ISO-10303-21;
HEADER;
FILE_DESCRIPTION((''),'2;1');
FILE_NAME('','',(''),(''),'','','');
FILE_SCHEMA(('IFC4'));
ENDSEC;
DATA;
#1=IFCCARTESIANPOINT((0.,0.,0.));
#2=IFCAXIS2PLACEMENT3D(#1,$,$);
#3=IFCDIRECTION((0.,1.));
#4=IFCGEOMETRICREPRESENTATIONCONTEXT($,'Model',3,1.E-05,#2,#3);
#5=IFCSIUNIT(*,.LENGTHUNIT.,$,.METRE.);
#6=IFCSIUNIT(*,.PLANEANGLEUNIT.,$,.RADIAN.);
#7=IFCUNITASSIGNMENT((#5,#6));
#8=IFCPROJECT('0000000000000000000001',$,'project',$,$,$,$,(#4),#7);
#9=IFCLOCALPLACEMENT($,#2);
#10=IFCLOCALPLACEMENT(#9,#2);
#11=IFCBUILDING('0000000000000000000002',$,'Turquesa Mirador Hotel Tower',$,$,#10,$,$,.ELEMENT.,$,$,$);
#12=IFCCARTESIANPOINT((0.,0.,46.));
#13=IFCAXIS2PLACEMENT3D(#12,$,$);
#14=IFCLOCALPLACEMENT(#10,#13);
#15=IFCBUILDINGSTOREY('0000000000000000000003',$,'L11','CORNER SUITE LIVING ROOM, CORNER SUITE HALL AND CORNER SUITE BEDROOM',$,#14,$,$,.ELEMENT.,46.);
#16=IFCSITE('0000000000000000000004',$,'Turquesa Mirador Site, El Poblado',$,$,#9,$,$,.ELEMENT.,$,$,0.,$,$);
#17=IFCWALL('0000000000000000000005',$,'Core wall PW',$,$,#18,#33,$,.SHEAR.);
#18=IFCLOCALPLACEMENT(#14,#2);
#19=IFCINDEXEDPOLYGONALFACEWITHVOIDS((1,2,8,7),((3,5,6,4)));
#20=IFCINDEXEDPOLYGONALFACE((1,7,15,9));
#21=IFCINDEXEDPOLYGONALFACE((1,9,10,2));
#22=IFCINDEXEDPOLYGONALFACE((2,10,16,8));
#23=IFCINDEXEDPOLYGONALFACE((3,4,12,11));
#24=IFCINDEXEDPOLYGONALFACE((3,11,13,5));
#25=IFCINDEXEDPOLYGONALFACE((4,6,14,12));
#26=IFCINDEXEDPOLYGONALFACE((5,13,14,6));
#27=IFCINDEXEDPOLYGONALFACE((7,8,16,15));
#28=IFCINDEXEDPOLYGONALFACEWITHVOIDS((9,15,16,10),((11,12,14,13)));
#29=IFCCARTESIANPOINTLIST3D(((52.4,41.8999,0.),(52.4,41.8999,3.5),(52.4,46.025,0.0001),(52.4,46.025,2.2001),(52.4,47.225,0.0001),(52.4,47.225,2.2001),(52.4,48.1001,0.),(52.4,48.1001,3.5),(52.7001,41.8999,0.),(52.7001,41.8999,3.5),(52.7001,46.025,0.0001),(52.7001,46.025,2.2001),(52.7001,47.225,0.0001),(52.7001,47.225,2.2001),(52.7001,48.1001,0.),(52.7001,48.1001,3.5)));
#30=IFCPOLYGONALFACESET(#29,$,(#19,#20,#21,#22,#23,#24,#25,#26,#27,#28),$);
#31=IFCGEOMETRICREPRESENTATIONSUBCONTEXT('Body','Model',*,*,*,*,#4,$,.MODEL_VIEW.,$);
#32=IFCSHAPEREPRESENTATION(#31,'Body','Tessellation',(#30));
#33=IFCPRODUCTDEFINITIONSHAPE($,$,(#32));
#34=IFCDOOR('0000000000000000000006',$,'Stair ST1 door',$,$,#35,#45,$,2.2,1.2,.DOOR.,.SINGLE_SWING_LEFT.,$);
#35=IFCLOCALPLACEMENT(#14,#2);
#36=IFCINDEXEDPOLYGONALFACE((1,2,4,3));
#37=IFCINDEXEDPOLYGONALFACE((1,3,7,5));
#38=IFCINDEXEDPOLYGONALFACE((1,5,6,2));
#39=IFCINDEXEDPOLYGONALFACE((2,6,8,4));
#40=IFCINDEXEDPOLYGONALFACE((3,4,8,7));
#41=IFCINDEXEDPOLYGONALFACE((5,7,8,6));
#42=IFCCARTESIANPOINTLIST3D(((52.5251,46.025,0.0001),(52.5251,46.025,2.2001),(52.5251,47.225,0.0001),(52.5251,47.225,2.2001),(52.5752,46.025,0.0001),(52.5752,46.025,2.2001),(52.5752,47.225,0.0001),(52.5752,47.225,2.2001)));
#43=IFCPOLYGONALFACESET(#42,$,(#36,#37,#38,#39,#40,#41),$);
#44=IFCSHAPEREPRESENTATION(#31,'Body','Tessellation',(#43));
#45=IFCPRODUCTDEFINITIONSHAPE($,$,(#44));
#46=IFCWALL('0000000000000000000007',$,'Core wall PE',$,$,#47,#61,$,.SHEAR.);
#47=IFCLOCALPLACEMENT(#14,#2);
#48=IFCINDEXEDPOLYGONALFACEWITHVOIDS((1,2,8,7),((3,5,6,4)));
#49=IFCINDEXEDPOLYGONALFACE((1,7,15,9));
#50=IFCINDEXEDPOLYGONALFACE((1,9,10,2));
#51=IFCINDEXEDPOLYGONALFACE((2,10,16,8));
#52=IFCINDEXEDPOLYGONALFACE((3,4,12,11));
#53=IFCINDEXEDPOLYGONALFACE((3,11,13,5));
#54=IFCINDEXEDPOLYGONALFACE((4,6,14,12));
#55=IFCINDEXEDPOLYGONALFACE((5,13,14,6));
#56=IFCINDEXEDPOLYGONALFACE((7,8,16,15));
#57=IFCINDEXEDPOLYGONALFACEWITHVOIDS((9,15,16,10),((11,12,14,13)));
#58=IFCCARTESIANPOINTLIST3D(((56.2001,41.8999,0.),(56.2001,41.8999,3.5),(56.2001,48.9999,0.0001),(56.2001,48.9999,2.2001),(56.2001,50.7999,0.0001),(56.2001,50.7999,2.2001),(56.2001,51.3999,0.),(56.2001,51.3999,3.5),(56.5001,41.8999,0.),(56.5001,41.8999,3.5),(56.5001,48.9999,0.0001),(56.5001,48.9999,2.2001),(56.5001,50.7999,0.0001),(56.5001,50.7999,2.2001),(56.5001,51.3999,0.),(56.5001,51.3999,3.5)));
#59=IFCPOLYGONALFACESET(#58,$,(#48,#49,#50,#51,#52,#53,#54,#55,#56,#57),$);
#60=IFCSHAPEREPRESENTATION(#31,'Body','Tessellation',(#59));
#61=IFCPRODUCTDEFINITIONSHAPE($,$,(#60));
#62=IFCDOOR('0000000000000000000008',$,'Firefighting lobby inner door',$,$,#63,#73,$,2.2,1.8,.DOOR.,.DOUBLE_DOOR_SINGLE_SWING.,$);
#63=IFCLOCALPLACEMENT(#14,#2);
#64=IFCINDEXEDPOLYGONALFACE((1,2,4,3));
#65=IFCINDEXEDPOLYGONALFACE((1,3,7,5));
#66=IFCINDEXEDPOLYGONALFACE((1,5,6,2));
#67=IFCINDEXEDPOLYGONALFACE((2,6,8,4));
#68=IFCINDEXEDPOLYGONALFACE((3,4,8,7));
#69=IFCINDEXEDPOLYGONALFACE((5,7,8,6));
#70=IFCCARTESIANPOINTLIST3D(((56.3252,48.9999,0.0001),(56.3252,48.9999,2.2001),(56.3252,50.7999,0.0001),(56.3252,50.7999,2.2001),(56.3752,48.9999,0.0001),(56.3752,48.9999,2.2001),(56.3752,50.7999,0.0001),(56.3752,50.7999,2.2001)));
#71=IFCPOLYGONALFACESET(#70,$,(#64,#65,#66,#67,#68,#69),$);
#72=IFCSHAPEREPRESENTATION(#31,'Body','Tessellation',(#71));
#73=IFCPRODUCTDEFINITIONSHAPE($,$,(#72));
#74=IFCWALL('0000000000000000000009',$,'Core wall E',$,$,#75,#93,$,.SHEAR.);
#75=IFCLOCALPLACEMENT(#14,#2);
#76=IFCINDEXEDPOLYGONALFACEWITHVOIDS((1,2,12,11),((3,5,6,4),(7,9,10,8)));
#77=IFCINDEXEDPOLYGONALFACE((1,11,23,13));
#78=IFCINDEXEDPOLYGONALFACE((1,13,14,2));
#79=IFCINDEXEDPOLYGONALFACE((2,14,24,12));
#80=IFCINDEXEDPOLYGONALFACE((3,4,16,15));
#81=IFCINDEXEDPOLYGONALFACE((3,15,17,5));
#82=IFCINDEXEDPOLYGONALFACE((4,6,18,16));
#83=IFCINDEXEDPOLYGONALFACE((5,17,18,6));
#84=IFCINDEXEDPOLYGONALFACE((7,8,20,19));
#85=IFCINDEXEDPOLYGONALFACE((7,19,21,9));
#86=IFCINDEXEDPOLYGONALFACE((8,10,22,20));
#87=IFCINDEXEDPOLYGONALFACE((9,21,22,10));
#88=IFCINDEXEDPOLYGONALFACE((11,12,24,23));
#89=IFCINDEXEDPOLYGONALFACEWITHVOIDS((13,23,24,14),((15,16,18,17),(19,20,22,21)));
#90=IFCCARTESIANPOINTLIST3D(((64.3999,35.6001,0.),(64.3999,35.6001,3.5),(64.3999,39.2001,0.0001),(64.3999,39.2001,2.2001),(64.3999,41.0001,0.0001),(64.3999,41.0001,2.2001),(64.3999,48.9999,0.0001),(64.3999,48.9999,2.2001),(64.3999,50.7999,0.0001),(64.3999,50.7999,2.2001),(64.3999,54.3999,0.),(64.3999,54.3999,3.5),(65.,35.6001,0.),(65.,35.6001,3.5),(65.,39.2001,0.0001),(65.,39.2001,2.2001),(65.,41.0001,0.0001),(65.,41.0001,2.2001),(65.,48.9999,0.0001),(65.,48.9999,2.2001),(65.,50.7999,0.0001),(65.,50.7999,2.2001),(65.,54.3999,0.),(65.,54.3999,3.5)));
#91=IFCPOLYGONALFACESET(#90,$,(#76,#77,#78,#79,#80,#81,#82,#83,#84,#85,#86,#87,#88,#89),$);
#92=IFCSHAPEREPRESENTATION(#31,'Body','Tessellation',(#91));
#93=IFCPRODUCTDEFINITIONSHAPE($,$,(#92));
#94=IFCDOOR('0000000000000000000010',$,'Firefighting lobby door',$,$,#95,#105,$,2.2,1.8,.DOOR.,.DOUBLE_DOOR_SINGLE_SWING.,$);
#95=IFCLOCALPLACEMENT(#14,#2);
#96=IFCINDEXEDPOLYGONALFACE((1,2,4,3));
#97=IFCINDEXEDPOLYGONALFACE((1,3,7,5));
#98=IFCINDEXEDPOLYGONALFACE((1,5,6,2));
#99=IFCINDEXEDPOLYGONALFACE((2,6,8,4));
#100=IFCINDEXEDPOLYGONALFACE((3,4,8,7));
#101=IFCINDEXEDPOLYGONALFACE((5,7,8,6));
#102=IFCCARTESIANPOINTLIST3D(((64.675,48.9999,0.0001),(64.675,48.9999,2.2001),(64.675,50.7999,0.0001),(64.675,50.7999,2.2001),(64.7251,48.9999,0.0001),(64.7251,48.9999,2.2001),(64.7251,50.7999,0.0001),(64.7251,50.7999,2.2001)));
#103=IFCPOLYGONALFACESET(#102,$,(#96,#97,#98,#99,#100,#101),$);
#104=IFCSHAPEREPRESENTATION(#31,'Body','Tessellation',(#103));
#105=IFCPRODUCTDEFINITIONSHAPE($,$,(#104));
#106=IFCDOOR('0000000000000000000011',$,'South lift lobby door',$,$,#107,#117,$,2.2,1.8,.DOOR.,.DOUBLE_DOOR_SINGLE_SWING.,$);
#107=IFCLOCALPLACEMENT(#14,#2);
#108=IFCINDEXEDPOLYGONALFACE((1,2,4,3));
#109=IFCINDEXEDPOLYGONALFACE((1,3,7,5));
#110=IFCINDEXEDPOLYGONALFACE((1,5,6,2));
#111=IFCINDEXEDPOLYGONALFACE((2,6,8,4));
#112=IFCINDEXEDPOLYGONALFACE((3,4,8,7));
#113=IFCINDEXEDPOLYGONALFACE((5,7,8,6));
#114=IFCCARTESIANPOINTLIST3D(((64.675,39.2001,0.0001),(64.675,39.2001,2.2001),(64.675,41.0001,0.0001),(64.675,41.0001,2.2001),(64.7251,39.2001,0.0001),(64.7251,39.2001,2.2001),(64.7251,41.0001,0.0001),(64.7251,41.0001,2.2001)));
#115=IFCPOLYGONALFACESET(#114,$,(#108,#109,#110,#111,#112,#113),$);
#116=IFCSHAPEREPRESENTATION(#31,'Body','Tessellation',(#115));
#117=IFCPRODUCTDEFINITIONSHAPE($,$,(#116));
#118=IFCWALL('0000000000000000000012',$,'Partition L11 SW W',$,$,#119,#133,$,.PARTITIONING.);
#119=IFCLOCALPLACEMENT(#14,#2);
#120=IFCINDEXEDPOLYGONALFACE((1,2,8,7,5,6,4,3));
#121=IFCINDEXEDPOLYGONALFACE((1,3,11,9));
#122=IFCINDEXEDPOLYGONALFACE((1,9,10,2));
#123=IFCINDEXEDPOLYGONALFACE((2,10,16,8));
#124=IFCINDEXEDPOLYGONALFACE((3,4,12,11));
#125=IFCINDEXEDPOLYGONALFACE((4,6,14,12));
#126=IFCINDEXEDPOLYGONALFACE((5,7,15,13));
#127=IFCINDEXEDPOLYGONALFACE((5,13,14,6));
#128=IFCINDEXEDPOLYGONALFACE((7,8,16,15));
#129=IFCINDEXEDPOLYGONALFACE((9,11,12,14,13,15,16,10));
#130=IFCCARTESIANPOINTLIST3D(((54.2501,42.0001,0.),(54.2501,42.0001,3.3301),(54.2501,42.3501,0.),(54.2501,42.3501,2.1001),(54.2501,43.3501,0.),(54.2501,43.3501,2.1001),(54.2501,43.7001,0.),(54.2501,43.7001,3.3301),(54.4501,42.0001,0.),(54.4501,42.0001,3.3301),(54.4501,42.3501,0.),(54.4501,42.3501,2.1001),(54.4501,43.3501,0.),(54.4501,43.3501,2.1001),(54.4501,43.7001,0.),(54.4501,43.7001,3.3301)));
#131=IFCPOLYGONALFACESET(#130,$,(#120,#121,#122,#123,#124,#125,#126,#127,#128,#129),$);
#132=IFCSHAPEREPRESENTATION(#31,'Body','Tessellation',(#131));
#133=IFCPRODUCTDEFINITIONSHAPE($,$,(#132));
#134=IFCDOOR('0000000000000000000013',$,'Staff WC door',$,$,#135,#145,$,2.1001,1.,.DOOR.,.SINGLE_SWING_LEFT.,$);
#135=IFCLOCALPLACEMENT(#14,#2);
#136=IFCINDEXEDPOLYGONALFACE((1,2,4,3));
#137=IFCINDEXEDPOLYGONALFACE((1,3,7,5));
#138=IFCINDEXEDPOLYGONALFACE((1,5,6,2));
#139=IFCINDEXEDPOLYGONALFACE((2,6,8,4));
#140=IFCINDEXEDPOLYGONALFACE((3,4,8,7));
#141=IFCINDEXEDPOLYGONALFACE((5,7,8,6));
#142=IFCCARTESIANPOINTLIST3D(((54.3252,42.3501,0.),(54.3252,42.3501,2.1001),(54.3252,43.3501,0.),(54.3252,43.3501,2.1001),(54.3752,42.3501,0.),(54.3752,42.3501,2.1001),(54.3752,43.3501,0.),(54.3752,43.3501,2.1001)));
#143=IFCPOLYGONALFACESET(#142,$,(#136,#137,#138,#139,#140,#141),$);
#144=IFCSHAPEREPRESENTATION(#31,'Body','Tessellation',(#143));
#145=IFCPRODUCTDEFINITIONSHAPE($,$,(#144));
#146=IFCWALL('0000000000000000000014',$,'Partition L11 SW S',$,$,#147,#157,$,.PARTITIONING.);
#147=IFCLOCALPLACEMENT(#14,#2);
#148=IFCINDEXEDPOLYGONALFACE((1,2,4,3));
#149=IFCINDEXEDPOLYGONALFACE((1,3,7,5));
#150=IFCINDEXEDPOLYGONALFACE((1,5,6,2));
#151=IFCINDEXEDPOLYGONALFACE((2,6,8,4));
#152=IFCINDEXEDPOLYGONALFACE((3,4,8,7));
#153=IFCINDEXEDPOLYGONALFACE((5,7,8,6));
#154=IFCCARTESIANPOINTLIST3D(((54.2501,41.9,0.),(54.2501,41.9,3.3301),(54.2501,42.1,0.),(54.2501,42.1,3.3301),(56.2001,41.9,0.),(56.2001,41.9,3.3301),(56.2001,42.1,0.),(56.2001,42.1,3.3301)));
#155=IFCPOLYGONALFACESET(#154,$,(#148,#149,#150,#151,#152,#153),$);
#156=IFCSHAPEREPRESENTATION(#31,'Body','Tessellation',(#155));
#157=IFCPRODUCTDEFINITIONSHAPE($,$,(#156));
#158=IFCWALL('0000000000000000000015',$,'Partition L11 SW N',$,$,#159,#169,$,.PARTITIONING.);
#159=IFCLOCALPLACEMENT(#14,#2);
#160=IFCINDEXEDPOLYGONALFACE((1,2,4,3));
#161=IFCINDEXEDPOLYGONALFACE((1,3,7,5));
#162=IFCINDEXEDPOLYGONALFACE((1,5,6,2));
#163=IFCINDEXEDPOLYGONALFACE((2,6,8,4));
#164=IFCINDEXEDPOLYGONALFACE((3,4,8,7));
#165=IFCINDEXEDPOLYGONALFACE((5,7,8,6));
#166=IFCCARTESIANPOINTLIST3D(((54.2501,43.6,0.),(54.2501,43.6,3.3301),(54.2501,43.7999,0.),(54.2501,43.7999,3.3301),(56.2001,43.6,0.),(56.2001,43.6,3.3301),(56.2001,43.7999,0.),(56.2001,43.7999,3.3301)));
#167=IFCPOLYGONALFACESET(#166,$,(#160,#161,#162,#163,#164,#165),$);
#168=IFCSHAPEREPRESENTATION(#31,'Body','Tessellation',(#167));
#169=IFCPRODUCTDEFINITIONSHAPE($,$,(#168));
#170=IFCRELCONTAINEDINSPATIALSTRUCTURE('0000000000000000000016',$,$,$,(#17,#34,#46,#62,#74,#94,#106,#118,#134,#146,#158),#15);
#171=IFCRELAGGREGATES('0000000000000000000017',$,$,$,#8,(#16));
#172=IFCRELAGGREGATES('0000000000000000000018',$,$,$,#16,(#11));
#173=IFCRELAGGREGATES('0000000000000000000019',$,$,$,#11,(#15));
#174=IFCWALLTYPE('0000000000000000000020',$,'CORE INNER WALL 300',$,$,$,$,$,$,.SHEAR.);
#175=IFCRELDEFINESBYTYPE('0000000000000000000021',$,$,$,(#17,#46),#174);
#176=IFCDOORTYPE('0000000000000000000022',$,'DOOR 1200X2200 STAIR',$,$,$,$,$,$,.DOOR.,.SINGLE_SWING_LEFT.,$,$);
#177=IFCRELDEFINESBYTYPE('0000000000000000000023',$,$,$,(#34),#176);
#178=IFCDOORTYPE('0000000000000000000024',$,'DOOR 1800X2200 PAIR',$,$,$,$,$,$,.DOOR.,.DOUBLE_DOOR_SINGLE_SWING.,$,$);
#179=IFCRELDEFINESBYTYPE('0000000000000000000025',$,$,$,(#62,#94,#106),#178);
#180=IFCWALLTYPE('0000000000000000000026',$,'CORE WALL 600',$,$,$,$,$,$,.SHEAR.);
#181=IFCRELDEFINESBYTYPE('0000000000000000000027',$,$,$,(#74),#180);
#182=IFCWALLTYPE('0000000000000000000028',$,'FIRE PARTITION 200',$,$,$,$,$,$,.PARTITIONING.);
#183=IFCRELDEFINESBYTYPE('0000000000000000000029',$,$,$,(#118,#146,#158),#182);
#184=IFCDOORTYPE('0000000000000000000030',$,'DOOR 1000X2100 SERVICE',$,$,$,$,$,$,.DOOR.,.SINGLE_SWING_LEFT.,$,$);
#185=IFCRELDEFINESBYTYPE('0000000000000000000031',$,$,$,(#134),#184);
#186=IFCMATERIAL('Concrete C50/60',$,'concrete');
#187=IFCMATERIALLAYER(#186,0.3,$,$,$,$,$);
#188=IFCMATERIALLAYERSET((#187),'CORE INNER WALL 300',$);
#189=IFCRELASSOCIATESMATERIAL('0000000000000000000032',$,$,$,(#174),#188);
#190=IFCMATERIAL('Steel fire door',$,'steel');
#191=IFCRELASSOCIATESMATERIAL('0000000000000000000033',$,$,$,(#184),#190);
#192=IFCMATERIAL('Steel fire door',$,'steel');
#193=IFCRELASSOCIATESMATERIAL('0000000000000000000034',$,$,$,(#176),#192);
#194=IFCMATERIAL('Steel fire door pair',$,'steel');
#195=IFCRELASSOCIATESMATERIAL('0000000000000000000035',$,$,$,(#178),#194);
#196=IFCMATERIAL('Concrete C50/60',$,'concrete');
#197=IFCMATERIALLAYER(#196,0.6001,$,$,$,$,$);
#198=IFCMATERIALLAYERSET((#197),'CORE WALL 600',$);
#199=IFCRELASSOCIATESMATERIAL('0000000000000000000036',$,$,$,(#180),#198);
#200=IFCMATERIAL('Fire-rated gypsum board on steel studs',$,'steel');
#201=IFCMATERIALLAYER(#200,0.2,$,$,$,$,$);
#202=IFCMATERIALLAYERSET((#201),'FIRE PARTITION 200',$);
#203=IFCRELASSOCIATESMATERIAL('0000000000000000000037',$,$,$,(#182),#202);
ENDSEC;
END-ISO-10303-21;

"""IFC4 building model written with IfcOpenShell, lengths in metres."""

from ifc_helpers import new_model, si_unit, direction, frame, frame_2d, origin, place, context, subcontext, project, spatial, rectangle, extrude, material, layer, layer_set, type_object, element, fill, save


model = new_model("IFC4")

# Units and contexts
model_context = context("Model", 3, precision=1e-05, world=origin(), true_north=direction((0.0, 1.0)))
body_context = subcontext(model_context, "Body", "Model", "MODEL_VIEW")
ifc_project = project(units=[si_unit("LENGTHUNIT", "METRE"), si_unit("PLANEANGLEUNIT", "RADIAN")], contexts=[model_context])

# Site, building, storey
site_placement = place(None, origin())
site = spatial("IfcSite", under=ifc_project, at=site_placement, Name="Turquesa Mirador Site, El Poblado", CompositionType="ELEMENT", RefElevation=0.0)
building_placement = place(site_placement, origin())
building = spatial("IfcBuilding", under=site, at=building_placement, Name="Turquesa Mirador Hotel Tower", CompositionType="ELEMENT")
storey_placement = place(building_placement, frame((0.0, 0.0, 46.0)))
storey = spatial("IfcBuildingStorey", under=building, at=storey_placement, Name="L11", Description="CORNER SUITE LIVING ROOM, CORNER SUITE HALL AND CORNER SUITE BEDROOM", CompositionType="ELEMENT", Elevation=46.0)

# Walls, openings, doors
ifc_material_1 = material(Name="Concrete C50/60", Category="concrete")
ifc_layer_1 = layer(ifc_material_1, 0.3)
ifc_layer_set_1 = layer_set([ifc_layer_1], Name="CORE INNER WALL 300")
wall_type_1 = type_object("IfcWallType", Name="CORE INNER WALL 300", PredefinedType="SHEAR", material=ifc_layer_set_1)
ifc_material_2 = material(Name="Steel fire door", Category="steel")
door_type_1 = type_object("IfcDoorType", Name="DOOR 1000X2100 SERVICE", OperationType="SINGLE_SWING_LEFT", PredefinedType="DOOR", material=ifc_material_2)
wall_1_placement = place(storey_placement, frame((52.55, 41.8999, 0.0), z_axis=(0.0, 0.0, 1.0), x_axis=(0.0, 1.0, 0.0)))
wall_1 = element("IfcWall", 1, at=wall_1_placement, inside=storey, type_object=wall_type_1, Name="Core wall PW", PredefinedType="SHEAR", context=body_context, shape_type="SweptSolid", body=[
    extrude(rectangle(XDim=6.2002, YDim=0.3, at=frame_2d((3.1001, 0.0))), origin(), (0.0, 0.0, 1.0), 3.5),
])
opening_1_placement = place(wall_1_placement, frame((4.125, 0.0, 0.0)))
opening_1 = element("IfcOpeningElement", 2, at=opening_1_placement, cuts=wall_1, PredefinedType="OPENING", context=body_context, shape_type="SweptSolid", body=[
    extrude(rectangle(XDim=1.2, YDim=2.2, at=frame_2d((0.6001, 1.1001))), frame((0.0, 0.1599, 0.0), z_axis=(0.0, -1.0, 0.0), x_axis=(1.0, 0.0, 0.0)), (0.0, 0.0, 1.0), 0.3201),
])
ifc_material_3 = material(Name="Steel fire door", Category="steel")
door_type_2 = type_object("IfcDoorType", Name="DOOR 1200X2200 STAIR", OperationType="SINGLE_SWING_LEFT", PredefinedType="DOOR", material=ifc_material_3)
door_1_placement = place(opening_1_placement, origin())
door_1 = element("IfcDoor", 3, at=door_1_placement, inside=storey, type_object=door_type_2, Name="Stair ST1 door", OperationType="SINGLE_SWING_LEFT", OverallHeight=2.2, OverallWidth=1.2, PredefinedType="DOOR", context=body_context, shape_type="SweptSolid", body=[
    extrude(rectangle(XDim=1.2, YDim=2.2, at=frame_2d((0.6001, 1.1001))), frame((0.0, 0.0249, 0.0), z_axis=(0.0, -1.0, 0.0), x_axis=(1.0, 0.0, 0.0)), (0.0, 0.0, 1.0), 0.05),
])
fill(opening_1, door_1)
wall_2_placement = place(storey_placement, frame((56.3501, 41.8999, 0.0), z_axis=(0.0, 0.0, 1.0), x_axis=(0.0, 1.0, 0.0)))
wall_2 = element("IfcWall", 4, at=wall_2_placement, inside=storey, type_object=wall_type_1, Name="Core wall PE", PredefinedType="SHEAR", context=body_context, shape_type="SweptSolid", body=[
    extrude(rectangle(XDim=9.5, YDim=0.3, at=frame_2d((4.75, 0.0))), origin(), (0.0, 0.0, 1.0), 3.5),
])
opening_2_placement = place(wall_2_placement, frame((7.1001, 0.0, 0.0)))
opening_2 = element("IfcOpeningElement", 5, at=opening_2_placement, cuts=wall_2, PredefinedType="OPENING", context=body_context, shape_type="SweptSolid", body=[
    extrude(rectangle(XDim=1.8, YDim=2.2, at=frame_2d((0.8999, 1.1001))), frame((0.0, 0.1599, 0.0), z_axis=(0.0, -1.0, 0.0), x_axis=(1.0, 0.0, 0.0)), (0.0, 0.0, 1.0), 0.3201),
])
ifc_material_4 = material(Name="Steel fire door pair", Category="steel")
door_type_3 = type_object("IfcDoorType", Name="DOOR 1800X2200 PAIR", OperationType="DOUBLE_DOOR_SINGLE_SWING", PredefinedType="DOOR", material=ifc_material_4)
door_2_placement = place(opening_2_placement, origin())
door_2 = element("IfcDoor", 6, at=door_2_placement, inside=storey, type_object=door_type_3, Name="Firefighting lobby inner door", OperationType="DOUBLE_DOOR_SINGLE_SWING", OverallHeight=2.2, OverallWidth=1.8, PredefinedType="DOOR", context=body_context, shape_type="SweptSolid", body=[
    extrude(rectangle(XDim=1.8, YDim=2.2, at=frame_2d((0.8999, 1.1001))), frame((0.0, 0.0249, 0.0), z_axis=(0.0, -1.0, 0.0), x_axis=(1.0, 0.0, 0.0)), (0.0, 0.0, 1.0), 0.05),
])
fill(opening_2, door_2)

# Wall, openings, doors
ifc_material_5 = material(Name="Concrete C50/60", Category="concrete")
ifc_layer_2 = layer(ifc_material_5, 0.6001)
ifc_layer_set_2 = layer_set([ifc_layer_2], Name="CORE WALL 600")
wall_type_2 = type_object("IfcWallType", Name="CORE WALL 600", PredefinedType="SHEAR", material=ifc_layer_set_2)
wall_3_placement = place(storey_placement, frame((64.7, 35.6001, 0.0), z_axis=(0.0, 0.0, 1.0), x_axis=(0.0, 1.0, 0.0)))
wall_3 = element("IfcWall", 7, at=wall_3_placement, inside=storey, type_object=wall_type_2, Name="Core wall E", PredefinedType="SHEAR", context=body_context, shape_type="SweptSolid", body=[
    extrude(rectangle(XDim=18.7998, YDim=0.6001, at=frame_2d((9.3999, 0.0))), origin(), (0.0, 0.0, 1.0), 3.5),
])
opening_3_placement = place(wall_3_placement, frame((13.3999, 0.0, 0.0)))
opening_3 = element("IfcOpeningElement", 8, at=opening_3_placement, cuts=wall_3, PredefinedType="OPENING", context=body_context, shape_type="SweptSolid", body=[
    extrude(rectangle(XDim=1.8, YDim=2.2, at=frame_2d((0.8999, 1.1001))), frame((0.0, 0.3101, 0.0), z_axis=(0.0, -1.0, 0.0), x_axis=(1.0, 0.0, 0.0)), (0.0, 0.0, 1.0), 0.6201),
])
opening_4_placement = place(wall_3_placement, frame((3.6001, 0.0, 0.0)))
opening_4 = element("IfcOpeningElement", 9, at=opening_4_placement, cuts=wall_3, PredefinedType="OPENING", context=body_context, shape_type="SweptSolid", body=[
    extrude(rectangle(XDim=1.8, YDim=2.2, at=frame_2d((0.8999, 1.1001))), frame((0.0, 0.3101, 0.0), z_axis=(0.0, -1.0, 0.0), x_axis=(1.0, 0.0, 0.0)), (0.0, 0.0, 1.0), 0.6201),
])
door_3_placement = place(opening_3_placement, origin())
door_3 = element("IfcDoor", 10, at=door_3_placement, inside=storey, type_object=door_type_3, Name="Firefighting lobby door", OperationType="DOUBLE_DOOR_SINGLE_SWING", OverallHeight=2.2, OverallWidth=1.8, PredefinedType="DOOR", context=body_context, shape_type="SweptSolid", body=[
    extrude(rectangle(XDim=1.8, YDim=2.2, at=frame_2d((0.8999, 1.1001))), frame((0.0, 0.0249, 0.0), z_axis=(0.0, -1.0, 0.0), x_axis=(1.0, 0.0, 0.0)), (0.0, 0.0, 1.0), 0.05),
])
fill(opening_3, door_3)
door_4_placement = place(opening_4_placement, origin())
door_4 = element("IfcDoor", 11, at=door_4_placement, inside=storey, type_object=door_type_3, Name="South lift lobby door", OperationType="DOUBLE_DOOR_SINGLE_SWING", OverallHeight=2.2, OverallWidth=1.8, PredefinedType="DOOR", context=body_context, shape_type="SweptSolid", body=[
    extrude(rectangle(XDim=1.8, YDim=2.2, at=frame_2d((0.8999, 1.1001))), frame((0.0, 0.0249, 0.0), z_axis=(0.0, -1.0, 0.0), x_axis=(1.0, 0.0, 0.0)), (0.0, 0.0, 1.0), 0.05),
])
fill(opening_4, door_4)

# Wall, opening, door
ifc_material_6 = material(Name="Fire-rated gypsum board on steel studs", Category="steel")
ifc_layer_3 = layer(ifc_material_6, 0.2)
ifc_layer_set_3 = layer_set([ifc_layer_3], Name="FIRE PARTITION 200")
wall_type_3 = type_object("IfcWallType", Name="FIRE PARTITION 200", PredefinedType="PARTITIONING", material=ifc_layer_set_3)
wall_4_placement = place(storey_placement, frame((54.3501, 42.0, 0.0), z_axis=(0.0, 0.0, 1.0), x_axis=(0.0, 1.0, 0.0)))
wall_4 = element("IfcWall", 12, at=wall_4_placement, inside=storey, type_object=wall_type_3, Name="Partition L11 SW W", PredefinedType="PARTITIONING", context=body_context, shape_type="SweptSolid", body=[
    extrude(rectangle(XDim=1.7, YDim=0.2, at=frame_2d((0.8501, 0.0))), origin(), (0.0, 0.0, 1.0), 3.3301),
])
opening_5_placement = place(wall_4_placement, frame((0.3501, 0.0, 0.0)))
opening_5 = element("IfcOpeningElement", 13, at=opening_5_placement, cuts=wall_4, PredefinedType="OPENING", context=body_context, shape_type="SweptSolid", body=[
    extrude(rectangle(XDim=1.0, YDim=2.1001, at=frame_2d((0.5, 1.05))), frame((0.0, 0.1099, 0.0), z_axis=(0.0, -1.0, 0.0), x_axis=(1.0, 0.0, 0.0)), (0.0, 0.0, 1.0), 0.22),
])
door_5_placement = place(opening_5_placement, origin())
door_5 = element("IfcDoor", 14, at=door_5_placement, inside=storey, type_object=door_type_1, Name="Staff WC door", OperationType="SINGLE_SWING_LEFT", OverallHeight=2.1001, OverallWidth=1.0, PredefinedType="DOOR", context=body_context, shape_type="SweptSolid", body=[
    extrude(rectangle(XDim=1.0, YDim=2.1001, at=frame_2d((0.5, 1.05))), frame((0.0, 0.0249, 0.0), z_axis=(0.0, -1.0, 0.0), x_axis=(1.0, 0.0, 0.0)), (0.0, 0.0, 1.0), 0.05),
])
fill(opening_5, door_5)

# Walls
for number, where, z_axis, x_axis, name in (
    (15, (54.25, 42.0, 0.0), (0.0, 0.0, 1.0), (1.0, 0.0, 0.0), "Partition L11 SW S"),
    (16, (54.25, 43.7, 0.0), (0.0, 0.0, 1.0), (1.0, 0.0, 0.0), "Partition L11 SW N"),
):
    element("IfcWall", number, at=place(storey_placement, frame(where, z_axis=z_axis, x_axis=x_axis)), inside=storey, type_object=wall_type_3, Name=name, PredefinedType="PARTITIONING", context=body_context, shape_type="SweptSolid", body=[
        extrude(rectangle(XDim=1.95, YDim=0.2, at=frame_2d((0.9751, 0.0))), origin(), (0.0, 0.0, 1.0), 3.3301),
    ])

save(model, "model.ifc")
